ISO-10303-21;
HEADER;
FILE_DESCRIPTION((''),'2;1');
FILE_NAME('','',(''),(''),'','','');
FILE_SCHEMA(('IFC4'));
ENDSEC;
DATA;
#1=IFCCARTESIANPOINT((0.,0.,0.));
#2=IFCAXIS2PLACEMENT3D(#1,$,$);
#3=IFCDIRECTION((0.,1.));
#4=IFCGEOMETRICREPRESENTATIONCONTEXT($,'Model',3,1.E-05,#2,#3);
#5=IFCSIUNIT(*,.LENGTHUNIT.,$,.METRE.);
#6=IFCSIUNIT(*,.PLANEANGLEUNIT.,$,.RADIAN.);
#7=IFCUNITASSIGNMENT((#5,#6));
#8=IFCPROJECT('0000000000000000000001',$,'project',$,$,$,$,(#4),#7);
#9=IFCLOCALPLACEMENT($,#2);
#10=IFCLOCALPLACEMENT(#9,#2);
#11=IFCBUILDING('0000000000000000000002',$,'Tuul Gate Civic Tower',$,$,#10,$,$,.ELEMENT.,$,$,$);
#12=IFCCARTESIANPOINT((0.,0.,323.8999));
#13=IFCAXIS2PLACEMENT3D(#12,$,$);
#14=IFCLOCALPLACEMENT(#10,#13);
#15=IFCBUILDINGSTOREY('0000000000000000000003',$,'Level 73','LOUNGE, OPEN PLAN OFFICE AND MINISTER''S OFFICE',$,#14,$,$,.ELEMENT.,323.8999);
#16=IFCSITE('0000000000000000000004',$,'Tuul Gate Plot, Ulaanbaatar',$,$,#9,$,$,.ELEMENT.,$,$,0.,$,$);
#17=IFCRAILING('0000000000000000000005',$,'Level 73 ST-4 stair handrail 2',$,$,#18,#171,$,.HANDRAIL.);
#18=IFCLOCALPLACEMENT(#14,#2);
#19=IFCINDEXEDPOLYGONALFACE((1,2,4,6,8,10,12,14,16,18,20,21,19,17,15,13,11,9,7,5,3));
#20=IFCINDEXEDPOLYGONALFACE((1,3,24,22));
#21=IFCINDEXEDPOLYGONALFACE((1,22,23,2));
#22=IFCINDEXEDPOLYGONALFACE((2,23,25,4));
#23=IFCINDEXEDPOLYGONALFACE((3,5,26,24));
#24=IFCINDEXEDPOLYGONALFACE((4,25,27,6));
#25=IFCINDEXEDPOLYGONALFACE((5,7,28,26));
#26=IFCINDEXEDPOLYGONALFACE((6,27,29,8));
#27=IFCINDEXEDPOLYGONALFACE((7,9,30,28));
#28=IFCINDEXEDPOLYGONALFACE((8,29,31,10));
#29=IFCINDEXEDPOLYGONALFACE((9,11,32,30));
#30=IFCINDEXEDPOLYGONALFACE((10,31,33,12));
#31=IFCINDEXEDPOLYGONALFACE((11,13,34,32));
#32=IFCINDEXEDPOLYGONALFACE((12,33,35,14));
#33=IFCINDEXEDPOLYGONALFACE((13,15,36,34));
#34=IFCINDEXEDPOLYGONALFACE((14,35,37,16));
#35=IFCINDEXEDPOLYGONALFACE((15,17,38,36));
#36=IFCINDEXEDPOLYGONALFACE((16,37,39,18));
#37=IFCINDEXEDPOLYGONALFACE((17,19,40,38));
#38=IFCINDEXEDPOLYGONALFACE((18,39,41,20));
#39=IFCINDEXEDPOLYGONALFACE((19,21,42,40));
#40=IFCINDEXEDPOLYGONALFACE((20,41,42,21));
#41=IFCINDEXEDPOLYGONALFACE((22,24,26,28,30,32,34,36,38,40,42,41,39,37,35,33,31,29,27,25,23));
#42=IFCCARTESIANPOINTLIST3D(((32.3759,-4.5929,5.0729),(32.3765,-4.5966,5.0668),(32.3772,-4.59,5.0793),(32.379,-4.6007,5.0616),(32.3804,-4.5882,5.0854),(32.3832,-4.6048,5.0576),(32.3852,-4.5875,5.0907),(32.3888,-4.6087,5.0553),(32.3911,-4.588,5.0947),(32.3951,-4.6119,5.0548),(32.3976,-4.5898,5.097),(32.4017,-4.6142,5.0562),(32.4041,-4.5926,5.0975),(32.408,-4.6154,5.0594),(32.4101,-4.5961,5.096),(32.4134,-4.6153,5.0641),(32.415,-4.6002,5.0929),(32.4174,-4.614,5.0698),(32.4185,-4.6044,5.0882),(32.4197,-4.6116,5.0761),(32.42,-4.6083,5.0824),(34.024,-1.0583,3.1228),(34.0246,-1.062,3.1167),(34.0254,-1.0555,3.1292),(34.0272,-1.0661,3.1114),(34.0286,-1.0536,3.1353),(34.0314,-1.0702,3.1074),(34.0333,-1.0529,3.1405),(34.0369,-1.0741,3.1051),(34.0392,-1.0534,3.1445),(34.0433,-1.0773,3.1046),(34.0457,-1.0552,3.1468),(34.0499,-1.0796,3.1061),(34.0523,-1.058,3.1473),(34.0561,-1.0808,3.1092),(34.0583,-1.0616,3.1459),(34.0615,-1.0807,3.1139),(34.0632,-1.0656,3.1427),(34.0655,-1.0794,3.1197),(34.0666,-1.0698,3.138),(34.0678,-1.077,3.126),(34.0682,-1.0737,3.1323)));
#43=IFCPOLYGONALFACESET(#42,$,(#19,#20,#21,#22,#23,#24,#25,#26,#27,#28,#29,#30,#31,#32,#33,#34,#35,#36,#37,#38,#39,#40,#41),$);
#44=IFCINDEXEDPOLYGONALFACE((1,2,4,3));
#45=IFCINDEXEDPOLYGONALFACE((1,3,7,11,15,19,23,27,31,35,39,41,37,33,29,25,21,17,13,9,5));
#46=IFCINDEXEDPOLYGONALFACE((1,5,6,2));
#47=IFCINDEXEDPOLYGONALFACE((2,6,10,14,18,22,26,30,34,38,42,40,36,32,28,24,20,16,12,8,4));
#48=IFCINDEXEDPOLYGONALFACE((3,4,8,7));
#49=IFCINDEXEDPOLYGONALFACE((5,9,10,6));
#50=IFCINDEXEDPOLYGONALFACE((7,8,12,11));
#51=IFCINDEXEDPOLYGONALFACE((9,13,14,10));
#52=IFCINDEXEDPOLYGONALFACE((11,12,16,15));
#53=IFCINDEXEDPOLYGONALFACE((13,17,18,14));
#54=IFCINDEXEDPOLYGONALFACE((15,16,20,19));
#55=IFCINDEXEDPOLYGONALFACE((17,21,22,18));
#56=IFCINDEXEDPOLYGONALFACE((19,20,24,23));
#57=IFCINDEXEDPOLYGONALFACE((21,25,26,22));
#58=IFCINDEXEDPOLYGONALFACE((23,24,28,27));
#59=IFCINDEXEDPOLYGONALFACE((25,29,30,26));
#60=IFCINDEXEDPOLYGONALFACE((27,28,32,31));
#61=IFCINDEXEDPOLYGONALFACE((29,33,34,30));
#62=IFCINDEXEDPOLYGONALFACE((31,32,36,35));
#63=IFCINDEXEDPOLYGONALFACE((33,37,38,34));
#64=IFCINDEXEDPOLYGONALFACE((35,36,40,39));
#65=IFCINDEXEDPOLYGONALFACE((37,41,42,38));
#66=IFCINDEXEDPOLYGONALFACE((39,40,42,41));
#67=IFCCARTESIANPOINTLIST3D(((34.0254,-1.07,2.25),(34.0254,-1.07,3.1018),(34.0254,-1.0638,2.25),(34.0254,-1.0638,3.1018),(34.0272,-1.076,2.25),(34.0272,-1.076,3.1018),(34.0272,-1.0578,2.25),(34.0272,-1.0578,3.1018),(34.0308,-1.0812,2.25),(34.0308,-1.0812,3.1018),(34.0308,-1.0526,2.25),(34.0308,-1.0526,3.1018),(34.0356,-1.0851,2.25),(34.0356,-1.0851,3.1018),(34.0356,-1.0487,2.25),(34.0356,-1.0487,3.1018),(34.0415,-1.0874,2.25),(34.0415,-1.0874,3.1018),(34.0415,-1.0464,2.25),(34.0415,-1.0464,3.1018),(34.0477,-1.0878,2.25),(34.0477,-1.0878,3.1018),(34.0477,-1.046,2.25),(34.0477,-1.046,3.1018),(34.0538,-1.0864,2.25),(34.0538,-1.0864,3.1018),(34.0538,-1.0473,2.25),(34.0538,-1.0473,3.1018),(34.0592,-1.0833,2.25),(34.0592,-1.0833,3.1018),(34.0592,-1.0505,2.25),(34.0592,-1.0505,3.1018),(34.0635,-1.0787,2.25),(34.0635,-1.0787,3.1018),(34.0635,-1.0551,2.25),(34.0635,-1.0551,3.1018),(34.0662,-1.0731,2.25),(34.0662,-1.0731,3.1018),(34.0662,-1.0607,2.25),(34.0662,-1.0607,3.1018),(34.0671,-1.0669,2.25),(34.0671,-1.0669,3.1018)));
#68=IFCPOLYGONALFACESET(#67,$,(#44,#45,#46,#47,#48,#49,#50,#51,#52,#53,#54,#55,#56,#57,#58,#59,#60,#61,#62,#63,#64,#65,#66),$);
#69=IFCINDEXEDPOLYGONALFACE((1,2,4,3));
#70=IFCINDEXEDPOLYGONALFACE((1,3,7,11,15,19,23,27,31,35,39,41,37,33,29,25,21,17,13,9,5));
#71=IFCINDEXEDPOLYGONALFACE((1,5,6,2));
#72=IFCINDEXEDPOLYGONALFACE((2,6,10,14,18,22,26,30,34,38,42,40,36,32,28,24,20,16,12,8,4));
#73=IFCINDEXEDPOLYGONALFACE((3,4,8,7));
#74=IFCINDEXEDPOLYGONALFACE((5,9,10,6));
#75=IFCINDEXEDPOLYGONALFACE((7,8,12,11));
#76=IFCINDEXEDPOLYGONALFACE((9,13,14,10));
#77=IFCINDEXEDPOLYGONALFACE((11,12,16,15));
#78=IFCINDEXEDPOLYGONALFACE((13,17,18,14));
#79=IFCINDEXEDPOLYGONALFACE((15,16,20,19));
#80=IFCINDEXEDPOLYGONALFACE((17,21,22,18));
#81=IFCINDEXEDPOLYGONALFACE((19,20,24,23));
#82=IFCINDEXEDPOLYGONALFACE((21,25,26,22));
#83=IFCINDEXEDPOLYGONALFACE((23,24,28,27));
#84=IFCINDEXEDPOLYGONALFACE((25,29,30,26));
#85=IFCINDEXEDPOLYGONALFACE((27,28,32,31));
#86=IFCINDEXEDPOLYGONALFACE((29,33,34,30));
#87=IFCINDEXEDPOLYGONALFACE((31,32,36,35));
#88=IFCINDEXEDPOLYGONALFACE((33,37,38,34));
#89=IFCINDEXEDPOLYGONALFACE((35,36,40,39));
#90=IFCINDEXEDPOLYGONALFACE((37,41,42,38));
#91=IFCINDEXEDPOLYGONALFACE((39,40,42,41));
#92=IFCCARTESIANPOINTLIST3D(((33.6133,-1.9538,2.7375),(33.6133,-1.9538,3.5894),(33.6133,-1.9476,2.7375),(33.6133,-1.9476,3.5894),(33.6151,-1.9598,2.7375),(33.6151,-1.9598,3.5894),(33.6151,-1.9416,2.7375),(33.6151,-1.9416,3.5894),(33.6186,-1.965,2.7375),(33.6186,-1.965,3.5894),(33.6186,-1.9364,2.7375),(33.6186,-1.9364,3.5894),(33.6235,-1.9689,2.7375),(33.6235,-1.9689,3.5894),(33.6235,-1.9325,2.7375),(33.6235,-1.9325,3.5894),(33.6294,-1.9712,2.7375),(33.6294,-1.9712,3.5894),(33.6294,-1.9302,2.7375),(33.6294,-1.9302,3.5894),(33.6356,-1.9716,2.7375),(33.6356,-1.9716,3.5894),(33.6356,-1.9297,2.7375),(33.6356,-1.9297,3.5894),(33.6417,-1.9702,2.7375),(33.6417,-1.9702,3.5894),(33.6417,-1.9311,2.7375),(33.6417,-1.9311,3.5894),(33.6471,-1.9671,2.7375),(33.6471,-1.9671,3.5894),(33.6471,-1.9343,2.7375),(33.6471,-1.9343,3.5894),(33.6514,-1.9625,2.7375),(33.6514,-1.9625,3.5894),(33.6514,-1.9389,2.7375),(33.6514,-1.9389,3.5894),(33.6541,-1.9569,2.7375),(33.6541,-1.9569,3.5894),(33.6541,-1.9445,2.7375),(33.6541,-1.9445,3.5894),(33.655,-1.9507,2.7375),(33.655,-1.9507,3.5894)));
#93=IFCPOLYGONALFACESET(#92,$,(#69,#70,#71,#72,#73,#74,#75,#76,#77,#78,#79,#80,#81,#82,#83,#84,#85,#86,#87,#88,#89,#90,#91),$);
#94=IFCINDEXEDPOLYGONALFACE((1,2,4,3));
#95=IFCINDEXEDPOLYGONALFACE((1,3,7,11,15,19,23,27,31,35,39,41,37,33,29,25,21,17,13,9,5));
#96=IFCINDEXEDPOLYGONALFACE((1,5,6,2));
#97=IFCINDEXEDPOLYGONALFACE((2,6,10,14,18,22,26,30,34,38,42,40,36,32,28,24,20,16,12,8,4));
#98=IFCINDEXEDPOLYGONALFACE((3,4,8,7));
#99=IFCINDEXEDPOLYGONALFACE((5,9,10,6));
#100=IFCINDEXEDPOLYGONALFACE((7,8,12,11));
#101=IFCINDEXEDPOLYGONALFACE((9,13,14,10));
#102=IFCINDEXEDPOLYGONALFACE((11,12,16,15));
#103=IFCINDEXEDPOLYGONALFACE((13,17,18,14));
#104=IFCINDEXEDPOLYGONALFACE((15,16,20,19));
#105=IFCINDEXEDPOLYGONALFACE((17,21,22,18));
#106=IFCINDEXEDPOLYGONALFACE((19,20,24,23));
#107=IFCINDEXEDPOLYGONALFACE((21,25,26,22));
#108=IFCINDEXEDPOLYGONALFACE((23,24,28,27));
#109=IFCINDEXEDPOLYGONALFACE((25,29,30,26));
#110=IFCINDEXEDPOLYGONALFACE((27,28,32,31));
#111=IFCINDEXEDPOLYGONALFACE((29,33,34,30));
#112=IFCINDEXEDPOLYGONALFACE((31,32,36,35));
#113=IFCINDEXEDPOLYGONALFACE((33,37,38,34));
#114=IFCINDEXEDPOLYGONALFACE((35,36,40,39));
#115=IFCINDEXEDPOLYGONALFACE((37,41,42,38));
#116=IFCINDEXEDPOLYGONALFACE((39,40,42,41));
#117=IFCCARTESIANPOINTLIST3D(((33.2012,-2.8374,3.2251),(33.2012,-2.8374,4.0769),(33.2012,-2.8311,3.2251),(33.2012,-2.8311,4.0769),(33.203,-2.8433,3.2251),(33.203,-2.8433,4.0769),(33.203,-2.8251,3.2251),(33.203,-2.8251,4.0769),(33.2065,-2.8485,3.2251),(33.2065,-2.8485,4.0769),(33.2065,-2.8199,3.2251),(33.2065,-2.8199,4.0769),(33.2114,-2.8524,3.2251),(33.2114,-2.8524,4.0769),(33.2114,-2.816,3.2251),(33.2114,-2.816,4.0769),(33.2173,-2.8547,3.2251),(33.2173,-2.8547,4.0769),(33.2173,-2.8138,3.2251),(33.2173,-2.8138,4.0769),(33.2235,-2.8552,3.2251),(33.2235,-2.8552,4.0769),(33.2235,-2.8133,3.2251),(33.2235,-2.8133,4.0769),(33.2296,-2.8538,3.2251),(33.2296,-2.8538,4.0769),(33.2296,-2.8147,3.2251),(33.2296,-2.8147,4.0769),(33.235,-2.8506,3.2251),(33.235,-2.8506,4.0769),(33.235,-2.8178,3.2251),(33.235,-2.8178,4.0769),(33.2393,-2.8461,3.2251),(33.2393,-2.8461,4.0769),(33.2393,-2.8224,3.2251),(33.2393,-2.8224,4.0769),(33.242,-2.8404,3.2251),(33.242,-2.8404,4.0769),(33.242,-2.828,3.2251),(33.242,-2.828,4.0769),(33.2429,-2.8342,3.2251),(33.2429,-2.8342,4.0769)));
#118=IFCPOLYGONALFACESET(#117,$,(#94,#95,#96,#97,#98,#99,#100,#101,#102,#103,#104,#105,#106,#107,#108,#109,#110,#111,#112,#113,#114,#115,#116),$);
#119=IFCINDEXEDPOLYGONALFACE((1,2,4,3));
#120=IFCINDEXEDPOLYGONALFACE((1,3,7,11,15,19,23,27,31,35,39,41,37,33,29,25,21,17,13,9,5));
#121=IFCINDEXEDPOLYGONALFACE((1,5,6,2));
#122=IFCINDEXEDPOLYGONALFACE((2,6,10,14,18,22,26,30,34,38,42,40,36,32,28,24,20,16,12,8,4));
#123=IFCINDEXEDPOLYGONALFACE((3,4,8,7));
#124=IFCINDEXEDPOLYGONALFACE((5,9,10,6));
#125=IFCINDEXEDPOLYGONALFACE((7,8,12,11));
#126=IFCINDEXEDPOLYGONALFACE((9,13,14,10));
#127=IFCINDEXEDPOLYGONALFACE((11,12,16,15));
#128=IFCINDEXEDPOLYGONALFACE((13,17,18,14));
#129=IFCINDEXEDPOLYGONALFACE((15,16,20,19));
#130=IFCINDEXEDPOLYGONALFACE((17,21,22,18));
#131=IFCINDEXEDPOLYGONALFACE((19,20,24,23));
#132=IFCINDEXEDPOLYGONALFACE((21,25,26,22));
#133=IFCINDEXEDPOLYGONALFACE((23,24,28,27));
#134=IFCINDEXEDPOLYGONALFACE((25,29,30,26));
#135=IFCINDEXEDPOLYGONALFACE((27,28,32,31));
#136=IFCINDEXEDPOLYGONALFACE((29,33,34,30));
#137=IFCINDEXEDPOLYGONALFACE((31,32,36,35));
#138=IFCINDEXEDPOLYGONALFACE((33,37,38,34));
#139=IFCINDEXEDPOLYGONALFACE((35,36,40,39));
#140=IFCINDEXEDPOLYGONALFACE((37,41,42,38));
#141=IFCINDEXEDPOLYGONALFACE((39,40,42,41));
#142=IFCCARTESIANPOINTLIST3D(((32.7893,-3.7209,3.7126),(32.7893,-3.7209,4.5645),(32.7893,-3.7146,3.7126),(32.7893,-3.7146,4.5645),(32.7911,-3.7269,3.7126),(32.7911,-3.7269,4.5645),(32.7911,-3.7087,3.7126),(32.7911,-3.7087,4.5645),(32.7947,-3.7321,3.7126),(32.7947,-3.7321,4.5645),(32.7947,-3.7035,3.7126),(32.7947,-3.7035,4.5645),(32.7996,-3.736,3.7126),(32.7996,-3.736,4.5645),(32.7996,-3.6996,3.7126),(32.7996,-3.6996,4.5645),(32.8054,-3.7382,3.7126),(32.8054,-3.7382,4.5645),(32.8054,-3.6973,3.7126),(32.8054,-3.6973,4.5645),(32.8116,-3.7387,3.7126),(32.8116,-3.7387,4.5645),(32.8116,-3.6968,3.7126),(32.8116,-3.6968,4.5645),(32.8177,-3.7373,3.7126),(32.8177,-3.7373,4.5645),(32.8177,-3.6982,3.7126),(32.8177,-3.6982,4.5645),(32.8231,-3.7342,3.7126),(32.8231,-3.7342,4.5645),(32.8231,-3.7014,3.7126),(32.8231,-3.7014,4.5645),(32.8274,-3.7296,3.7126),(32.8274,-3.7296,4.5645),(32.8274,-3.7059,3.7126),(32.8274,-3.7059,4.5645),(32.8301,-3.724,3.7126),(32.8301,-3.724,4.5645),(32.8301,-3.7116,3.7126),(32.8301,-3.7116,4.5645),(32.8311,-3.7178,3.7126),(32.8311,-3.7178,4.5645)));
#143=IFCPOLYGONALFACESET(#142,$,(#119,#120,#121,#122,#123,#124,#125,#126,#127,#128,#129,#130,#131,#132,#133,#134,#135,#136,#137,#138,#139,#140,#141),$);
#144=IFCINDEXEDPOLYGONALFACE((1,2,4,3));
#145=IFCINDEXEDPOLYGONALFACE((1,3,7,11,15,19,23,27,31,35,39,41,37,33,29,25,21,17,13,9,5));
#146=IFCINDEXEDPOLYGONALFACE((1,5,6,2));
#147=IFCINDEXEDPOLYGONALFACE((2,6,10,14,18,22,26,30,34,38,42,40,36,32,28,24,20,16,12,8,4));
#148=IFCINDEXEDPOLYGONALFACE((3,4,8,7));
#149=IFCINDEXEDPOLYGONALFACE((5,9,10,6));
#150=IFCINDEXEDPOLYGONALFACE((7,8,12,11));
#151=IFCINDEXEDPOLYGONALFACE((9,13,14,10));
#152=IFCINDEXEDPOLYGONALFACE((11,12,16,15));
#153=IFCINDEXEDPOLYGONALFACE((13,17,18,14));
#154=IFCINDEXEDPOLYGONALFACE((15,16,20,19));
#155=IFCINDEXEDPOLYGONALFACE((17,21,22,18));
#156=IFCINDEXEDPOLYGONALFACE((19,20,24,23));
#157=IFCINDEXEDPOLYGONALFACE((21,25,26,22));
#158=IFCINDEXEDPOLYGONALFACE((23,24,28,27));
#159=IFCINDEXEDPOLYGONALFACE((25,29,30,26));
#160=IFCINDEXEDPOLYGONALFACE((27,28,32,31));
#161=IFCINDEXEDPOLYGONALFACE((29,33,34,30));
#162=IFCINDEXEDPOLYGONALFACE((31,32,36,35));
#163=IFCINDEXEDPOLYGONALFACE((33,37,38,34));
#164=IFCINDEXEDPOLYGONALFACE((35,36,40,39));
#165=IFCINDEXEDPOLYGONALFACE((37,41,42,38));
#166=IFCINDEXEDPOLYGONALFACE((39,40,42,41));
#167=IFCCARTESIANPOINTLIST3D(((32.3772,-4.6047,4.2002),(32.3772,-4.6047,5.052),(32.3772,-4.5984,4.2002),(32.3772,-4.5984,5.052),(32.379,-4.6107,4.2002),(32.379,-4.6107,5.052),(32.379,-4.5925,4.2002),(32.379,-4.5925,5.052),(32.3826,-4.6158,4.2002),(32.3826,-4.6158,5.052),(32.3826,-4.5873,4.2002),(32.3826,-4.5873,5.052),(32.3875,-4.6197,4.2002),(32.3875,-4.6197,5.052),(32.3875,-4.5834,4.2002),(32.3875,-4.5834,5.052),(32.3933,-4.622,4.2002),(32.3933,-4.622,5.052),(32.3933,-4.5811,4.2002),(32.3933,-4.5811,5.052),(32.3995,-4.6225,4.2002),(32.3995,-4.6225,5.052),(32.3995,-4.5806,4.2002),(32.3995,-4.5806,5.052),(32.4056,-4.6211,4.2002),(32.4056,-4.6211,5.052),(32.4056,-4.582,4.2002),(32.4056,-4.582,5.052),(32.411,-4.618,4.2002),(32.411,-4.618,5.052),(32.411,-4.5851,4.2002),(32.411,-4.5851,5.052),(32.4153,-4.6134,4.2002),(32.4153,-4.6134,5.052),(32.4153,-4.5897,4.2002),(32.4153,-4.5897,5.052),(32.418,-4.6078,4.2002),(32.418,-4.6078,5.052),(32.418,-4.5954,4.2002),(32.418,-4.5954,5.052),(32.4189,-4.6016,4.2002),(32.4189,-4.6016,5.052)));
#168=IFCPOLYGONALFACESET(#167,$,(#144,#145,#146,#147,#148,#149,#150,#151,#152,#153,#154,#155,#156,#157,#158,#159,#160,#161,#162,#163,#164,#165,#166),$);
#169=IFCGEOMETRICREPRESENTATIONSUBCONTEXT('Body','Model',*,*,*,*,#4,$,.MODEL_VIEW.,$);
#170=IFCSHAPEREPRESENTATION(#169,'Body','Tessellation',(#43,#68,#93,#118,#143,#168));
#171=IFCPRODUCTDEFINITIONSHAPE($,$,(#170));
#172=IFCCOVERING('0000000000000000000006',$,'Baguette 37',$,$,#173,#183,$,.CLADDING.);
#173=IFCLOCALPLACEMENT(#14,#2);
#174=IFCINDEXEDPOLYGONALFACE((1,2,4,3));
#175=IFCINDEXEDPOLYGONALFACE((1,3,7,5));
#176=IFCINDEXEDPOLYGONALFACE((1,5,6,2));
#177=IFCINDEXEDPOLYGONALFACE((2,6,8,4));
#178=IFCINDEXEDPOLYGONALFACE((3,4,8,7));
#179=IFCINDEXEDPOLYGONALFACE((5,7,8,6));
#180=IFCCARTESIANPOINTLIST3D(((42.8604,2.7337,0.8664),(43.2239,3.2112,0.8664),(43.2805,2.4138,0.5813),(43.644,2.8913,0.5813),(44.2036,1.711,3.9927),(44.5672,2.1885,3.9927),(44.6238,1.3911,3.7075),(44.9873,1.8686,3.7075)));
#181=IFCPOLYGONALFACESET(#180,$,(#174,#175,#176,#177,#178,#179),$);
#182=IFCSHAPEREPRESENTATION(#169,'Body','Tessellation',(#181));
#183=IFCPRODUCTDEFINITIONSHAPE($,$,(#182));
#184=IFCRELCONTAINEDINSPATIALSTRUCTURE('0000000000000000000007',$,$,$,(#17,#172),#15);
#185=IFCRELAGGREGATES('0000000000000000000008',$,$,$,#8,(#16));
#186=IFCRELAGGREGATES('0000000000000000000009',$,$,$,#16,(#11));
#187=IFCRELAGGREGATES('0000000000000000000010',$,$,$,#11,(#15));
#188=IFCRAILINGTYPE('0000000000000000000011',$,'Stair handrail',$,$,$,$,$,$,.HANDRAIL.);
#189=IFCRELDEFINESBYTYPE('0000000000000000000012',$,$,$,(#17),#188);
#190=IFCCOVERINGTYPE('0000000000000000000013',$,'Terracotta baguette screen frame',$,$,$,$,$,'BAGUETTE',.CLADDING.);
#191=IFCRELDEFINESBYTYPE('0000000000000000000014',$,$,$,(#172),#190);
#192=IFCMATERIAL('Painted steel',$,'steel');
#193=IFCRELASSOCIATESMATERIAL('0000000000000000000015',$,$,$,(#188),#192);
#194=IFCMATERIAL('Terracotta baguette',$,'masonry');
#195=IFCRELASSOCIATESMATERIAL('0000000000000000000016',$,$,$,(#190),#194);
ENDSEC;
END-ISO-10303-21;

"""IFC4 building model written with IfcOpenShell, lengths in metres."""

from ifc_helpers import new_model, si_unit, direction, frame, origin, origin_2d, place, context, subcontext, project, spatial, rectangle, circle, extrude, material, material_profile, profile_set, type_object, element, save


model = new_model("IFC4")

# Units and contexts
model_context = context("Model", 3, precision=1e-05, world=origin(), true_north=direction((0.0, 1.0)))
body_context = subcontext(model_context, "Body", "Model", "MODEL_VIEW")
ifc_project = project(units=[si_unit("LENGTHUNIT", "METRE"), si_unit("PLANEANGLEUNIT", "RADIAN")], contexts=[model_context])

# Site, building, storey
site_placement = place(None, origin())
site = spatial("IfcSite", under=ifc_project, at=site_placement, Name="Tuul Gate Plot, Ulaanbaatar", CompositionType="ELEMENT", RefElevation=0.0)
building_placement = place(site_placement, origin())
building = spatial("IfcBuilding", under=site, at=building_placement, Name="Tuul Gate Civic Tower", CompositionType="ELEMENT")
storey_placement = place(building_placement, frame((0.0, 0.0, 323.8999)))
storey = spatial("IfcBuildingStorey", under=building, at=storey_placement, Name="Level 73", Description="LOUNGE, OPEN PLAN OFFICE AND MINISTER'S OFFICE", CompositionType="ELEMENT", Elevation=323.8999)

# Railing
ifc_material_1 = material(Name="Painted steel", Category="steel")
railing_type_1 = type_object("IfcRailingType", Name="Stair handrail", PredefinedType="HANDRAIL", material=ifc_material_1)
railing_1_placement = place(storey_placement, frame((34.0461, -1.0669, 2.25)))
element("IfcRailing", 1, at=railing_1_placement, inside=storey, type_object=railing_type_1, Name="Level 73 ST-4 stair handrail 2", PredefinedType="HANDRAIL", context=body_context, shape_type="SweptSolid", body=[
    extrude(circle(Radius=0.0239, at=origin_2d()), frame((0.0, 0.0, 0.876), z_axis=(-0.377985, -0.810617, 0.447245), x_axis=(0.906313, -0.422608, 0.0)), (0.0, 0.0, 1.0), 4.3604),
    extrude(circle(Radius=0.021, at=origin_2d()), origin(), (0.0, 0.0, 1.0), 0.8518),
    extrude(circle(Radius=0.021, at=origin_2d()), frame((-0.4121, -0.8838, 0.4875)), (0.0, 0.0, 1.0), 0.8518),
    extrude(circle(Radius=0.021, at=origin_2d()), frame((-0.8242, -1.7673, 0.9751)), (0.0, 0.0, 1.0), 0.8518),
    extrude(circle(Radius=0.021, at=origin_2d()), frame((-1.2361, -2.6509, 1.4626)), (0.0, 0.0, 1.0), 0.8518),
    extrude(circle(Radius=0.021, at=origin_2d()), frame((-1.6482, -3.5347, 1.9502)), (0.0, 0.0, 1.0), 0.8518),
])

# Covering
ifc_material_2 = material(Name="Terracotta baguette", Category="masonry")
ifc_material_profile_1 = material_profile(ifc_material_2, rectangle(XDim=0.6001, YDim=0.6001, at=origin_2d()), Name="Terracotta baguette screen frame")
ifc_profile_set_1 = profile_set([ifc_material_profile_1], Name="Terracotta baguette")
covering_type = type_object("IfcCoveringType", Name="Terracotta baguette screen frame", ElementType="BAGUETTE", PredefinedType="CLADDING", material=ifc_profile_set_1)
covering_placement = place(storey_placement, frame((44.5955, 1.7898, 3.8501), z_axis=(-0.378068, 0.287846, -0.879892), x_axis=(-0.605769, -0.795641, 0.0)))
element("IfcCovering", 2, at=covering_placement, inside=storey, type_object=covering_type, Name="Baguette 37", PredefinedType="CLADDING", context=body_context, shape_type="SweptSolid", body=[
    extrude(rectangle(XDim=0.6001, YDim=0.6001, at=origin_2d()), origin(), (0.0, 0.0, 1.0), 3.553),
])

save(model, "model.ifc")
